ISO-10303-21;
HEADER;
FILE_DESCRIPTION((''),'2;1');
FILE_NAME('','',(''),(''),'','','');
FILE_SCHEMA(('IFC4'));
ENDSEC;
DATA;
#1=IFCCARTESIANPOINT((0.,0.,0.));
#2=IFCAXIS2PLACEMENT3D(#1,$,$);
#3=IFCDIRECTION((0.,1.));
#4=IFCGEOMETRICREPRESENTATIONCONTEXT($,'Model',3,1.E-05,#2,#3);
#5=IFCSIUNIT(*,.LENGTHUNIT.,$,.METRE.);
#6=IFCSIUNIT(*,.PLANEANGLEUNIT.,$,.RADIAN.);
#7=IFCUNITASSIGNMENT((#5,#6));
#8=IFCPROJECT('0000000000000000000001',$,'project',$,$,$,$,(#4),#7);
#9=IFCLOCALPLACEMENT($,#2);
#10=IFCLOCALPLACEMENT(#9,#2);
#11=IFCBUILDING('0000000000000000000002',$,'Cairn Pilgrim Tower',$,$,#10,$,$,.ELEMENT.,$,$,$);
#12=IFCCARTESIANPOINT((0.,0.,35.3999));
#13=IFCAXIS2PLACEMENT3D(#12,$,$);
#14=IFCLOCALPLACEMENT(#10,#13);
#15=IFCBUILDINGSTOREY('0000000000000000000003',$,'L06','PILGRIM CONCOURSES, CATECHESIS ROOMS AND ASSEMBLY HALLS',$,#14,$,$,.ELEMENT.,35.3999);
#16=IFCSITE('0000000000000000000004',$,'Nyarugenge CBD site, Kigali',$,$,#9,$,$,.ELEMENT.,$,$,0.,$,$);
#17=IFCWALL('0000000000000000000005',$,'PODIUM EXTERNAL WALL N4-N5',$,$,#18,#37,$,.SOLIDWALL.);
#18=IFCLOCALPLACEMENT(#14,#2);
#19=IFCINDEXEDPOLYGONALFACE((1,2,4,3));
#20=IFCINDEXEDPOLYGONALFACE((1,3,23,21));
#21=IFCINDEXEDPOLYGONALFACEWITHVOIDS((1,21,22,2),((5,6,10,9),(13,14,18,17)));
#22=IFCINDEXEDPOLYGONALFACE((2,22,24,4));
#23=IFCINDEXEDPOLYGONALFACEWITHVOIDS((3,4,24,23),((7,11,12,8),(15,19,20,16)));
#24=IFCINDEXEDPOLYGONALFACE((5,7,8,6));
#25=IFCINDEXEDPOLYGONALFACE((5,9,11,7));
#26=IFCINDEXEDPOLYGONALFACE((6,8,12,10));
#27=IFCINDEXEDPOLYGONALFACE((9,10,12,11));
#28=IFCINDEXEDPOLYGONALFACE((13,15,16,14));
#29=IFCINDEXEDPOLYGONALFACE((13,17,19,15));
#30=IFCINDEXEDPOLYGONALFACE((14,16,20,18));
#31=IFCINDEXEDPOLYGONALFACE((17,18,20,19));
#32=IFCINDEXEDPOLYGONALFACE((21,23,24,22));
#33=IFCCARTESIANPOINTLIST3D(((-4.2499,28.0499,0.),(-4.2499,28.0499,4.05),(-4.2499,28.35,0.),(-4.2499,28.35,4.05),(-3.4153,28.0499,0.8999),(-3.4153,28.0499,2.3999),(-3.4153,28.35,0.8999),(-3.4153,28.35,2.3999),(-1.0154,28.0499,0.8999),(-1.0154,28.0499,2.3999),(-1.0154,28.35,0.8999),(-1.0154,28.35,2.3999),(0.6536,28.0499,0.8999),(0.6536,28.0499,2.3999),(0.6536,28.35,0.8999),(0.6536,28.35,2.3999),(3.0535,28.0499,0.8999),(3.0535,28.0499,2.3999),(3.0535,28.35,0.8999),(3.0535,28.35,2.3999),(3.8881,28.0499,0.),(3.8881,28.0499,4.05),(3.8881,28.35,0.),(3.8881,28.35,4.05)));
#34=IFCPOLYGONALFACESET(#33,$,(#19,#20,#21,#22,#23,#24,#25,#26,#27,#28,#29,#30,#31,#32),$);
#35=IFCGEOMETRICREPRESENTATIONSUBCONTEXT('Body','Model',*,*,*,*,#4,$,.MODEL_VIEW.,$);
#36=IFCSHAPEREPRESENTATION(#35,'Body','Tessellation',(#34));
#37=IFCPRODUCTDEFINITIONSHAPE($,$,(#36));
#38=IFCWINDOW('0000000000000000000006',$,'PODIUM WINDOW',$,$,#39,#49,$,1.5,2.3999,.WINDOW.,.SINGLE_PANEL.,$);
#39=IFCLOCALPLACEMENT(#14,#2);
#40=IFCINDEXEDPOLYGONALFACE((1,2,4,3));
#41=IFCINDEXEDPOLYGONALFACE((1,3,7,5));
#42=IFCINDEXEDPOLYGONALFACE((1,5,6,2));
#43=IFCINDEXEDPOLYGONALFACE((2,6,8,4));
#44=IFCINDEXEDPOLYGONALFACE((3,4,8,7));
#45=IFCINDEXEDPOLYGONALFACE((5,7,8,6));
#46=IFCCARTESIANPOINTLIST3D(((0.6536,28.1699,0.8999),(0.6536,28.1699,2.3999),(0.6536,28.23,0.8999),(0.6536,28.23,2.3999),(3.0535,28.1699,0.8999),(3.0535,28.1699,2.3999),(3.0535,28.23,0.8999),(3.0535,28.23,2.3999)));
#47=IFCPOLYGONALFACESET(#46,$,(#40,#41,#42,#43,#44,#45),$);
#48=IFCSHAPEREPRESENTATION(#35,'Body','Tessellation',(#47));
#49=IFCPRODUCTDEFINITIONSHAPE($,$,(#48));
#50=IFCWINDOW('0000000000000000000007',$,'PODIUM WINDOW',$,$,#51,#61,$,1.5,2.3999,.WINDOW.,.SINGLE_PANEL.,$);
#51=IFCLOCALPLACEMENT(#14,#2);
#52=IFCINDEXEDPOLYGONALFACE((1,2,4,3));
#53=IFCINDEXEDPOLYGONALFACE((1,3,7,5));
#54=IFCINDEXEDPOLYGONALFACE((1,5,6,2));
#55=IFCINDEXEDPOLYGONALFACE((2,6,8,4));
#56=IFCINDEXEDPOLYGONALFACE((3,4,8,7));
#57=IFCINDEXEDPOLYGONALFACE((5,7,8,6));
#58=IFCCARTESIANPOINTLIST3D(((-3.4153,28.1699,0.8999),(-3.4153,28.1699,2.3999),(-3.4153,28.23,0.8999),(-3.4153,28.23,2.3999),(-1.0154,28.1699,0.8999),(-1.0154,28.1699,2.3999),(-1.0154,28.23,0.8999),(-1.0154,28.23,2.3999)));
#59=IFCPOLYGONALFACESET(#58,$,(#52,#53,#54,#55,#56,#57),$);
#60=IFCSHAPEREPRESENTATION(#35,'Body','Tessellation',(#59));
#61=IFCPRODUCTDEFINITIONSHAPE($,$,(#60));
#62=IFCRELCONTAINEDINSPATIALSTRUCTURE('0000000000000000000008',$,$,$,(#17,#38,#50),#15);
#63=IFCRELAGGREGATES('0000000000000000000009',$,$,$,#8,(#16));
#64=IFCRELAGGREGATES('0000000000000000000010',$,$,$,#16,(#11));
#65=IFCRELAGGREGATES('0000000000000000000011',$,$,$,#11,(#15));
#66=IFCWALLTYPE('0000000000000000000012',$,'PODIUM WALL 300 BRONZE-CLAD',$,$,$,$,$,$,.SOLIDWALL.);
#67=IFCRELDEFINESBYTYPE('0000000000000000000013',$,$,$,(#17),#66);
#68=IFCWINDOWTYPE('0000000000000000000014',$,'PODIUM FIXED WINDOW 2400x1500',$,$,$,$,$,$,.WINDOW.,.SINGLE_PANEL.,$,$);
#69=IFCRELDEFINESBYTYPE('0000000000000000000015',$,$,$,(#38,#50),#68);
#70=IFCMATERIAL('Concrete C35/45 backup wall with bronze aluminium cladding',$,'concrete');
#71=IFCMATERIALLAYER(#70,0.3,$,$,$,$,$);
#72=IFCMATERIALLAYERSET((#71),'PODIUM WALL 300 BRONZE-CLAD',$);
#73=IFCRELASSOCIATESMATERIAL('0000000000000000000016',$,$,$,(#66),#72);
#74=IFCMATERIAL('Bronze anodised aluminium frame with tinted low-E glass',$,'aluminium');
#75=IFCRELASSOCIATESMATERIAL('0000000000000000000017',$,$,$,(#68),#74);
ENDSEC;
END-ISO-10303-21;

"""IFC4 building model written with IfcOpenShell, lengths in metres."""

from ifc_helpers import new_model, si_unit, direction, frame, frame_2d, origin, place, context, subcontext, project, spatial, rectangle, extrude, material, layer, layer_set, type_object, element, fill, save


model = new_model("IFC4")

# Units and contexts
model_context = context("Model", 3, precision=1e-05, world=origin(), true_north=direction((0.0, 1.0)))
body_context = subcontext(model_context, "Body", "Model", "MODEL_VIEW")
ifc_project = project(units=[si_unit("LENGTHUNIT", "METRE"), si_unit("PLANEANGLEUNIT", "RADIAN")], contexts=[model_context])

# Site, building, storey
site_placement = place(None, origin())
site = spatial("IfcSite", under=ifc_project, at=site_placement, Name="Nyarugenge CBD site, Kigali", CompositionType="ELEMENT", RefElevation=0.0)
building_placement = place(site_placement, origin())
building = spatial("IfcBuilding", under=site, at=building_placement, Name="Cairn Pilgrim Tower", CompositionType="ELEMENT")
storey_placement = place(building_placement, frame((0.0, 0.0, 35.3999)))
storey = spatial("IfcBuildingStorey", under=building, at=storey_placement, Name="L06", Description="PILGRIM CONCOURSES, CATECHESIS ROOMS AND ASSEMBLY HALLS", CompositionType="ELEMENT", Elevation=35.3999)

# Wall, openings, windows
ifc_material_1 = material(Name="Concrete C35/45 backup wall with bronze aluminium cladding", Category="concrete")
ifc_layer_1 = layer(ifc_material_1, 0.3)
ifc_layer_set_1 = layer_set([ifc_layer_1], Name="PODIUM WALL 300 BRONZE-CLAD")
wall_type_1 = type_object("IfcWallType", Name="PODIUM WALL 300 BRONZE-CLAD", PredefinedType="SOLIDWALL", material=ifc_layer_set_1)
wall_1_placement = place(storey_placement, frame((3.8879, 28.2, 0.0), z_axis=(0.0, 0.0, 1.0), x_axis=(-1.0, 0.0, 0.0)))
wall_1 = element("IfcWall", 1, at=wall_1_placement, inside=storey, type_object=wall_type_1, Name="PODIUM EXTERNAL WALL N4-N5", PredefinedType="SOLIDWALL", context=body_context, shape_type="SweptSolid", body=[
    extrude(rectangle(XDim=8.1379, YDim=0.3, at=frame_2d((4.0688, 0.0))), origin(), (0.0, 0.0, 1.0), 4.05),
])
opening_1_placement = place(wall_1_placement, frame((0.8345, 0.0, 0.8999)))
opening_1 = element("IfcOpeningElement", 2, at=opening_1_placement, cuts=wall_1, PredefinedType="OPENING", context=body_context, shape_type="SweptSolid", body=[
    extrude(rectangle(XDim=2.3999, YDim=1.5, at=frame_2d((1.2, 0.75))), frame((0.0, 0.1602, 0.0), z_axis=(0.0, -1.0, 0.0), x_axis=(1.0, 0.0, 0.0)), (0.0, 0.0, 1.0), 0.3201),
])
opening_2_placement = place(wall_1_placement, frame((4.9033, 0.0, 0.8999)))
opening_2 = element("IfcOpeningElement", 3, at=opening_2_placement, cuts=wall_1, PredefinedType="OPENING", context=body_context, shape_type="SweptSolid", body=[
    extrude(rectangle(XDim=2.3999, YDim=1.5, at=frame_2d((1.2, 0.75))), frame((0.0, 0.1602, 0.0), z_axis=(0.0, -1.0, 0.0), x_axis=(1.0, 0.0, 0.0)), (0.0, 0.0, 1.0), 0.3201),
])
ifc_material_2 = material(Name="Bronze anodised aluminium frame with tinted low-E glass", Category="aluminium")
window_type = type_object("IfcWindowType", Name="PODIUM FIXED WINDOW 2400x1500", PartitioningType="SINGLE_PANEL", PredefinedType="WINDOW", material=ifc_material_2)
window_1_placement = place(opening_1_placement, origin())
window_1 = element("IfcWindow", 4, at=window_1_placement, inside=storey, type_object=window_type, Name="PODIUM WINDOW", OverallHeight=1.5, OverallWidth=2.3999, PartitioningType="SINGLE_PANEL", PredefinedType="WINDOW", context=body_context, shape_type="SweptSolid", body=[
    extrude(rectangle(XDim=2.3999, YDim=1.5, at=frame_2d((1.2, 0.75))), frame((0.0, 0.03, 0.0), z_axis=(0.0, -1.0, 0.0), x_axis=(1.0, 0.0, 0.0)), (0.0, 0.0, 1.0), 0.0601),
])
fill(opening_1, window_1)
window_2_placement = place(opening_2_placement, origin())
window_2 = element("IfcWindow", 5, at=window_2_placement, inside=storey, type_object=window_type, Name="PODIUM WINDOW", OverallHeight=1.5, OverallWidth=2.3999, PartitioningType="SINGLE_PANEL", PredefinedType="WINDOW", context=body_context, shape_type="SweptSolid", body=[
    extrude(rectangle(XDim=2.3999, YDim=1.5, at=frame_2d((1.2, 0.75))), frame((0.0, 0.03, 0.0), z_axis=(0.0, -1.0, 0.0), x_axis=(1.0, 0.0, 0.0)), (0.0, 0.0, 1.0), 0.0601),
])
fill(opening_2, window_2)

save(model, "model.ifc")
